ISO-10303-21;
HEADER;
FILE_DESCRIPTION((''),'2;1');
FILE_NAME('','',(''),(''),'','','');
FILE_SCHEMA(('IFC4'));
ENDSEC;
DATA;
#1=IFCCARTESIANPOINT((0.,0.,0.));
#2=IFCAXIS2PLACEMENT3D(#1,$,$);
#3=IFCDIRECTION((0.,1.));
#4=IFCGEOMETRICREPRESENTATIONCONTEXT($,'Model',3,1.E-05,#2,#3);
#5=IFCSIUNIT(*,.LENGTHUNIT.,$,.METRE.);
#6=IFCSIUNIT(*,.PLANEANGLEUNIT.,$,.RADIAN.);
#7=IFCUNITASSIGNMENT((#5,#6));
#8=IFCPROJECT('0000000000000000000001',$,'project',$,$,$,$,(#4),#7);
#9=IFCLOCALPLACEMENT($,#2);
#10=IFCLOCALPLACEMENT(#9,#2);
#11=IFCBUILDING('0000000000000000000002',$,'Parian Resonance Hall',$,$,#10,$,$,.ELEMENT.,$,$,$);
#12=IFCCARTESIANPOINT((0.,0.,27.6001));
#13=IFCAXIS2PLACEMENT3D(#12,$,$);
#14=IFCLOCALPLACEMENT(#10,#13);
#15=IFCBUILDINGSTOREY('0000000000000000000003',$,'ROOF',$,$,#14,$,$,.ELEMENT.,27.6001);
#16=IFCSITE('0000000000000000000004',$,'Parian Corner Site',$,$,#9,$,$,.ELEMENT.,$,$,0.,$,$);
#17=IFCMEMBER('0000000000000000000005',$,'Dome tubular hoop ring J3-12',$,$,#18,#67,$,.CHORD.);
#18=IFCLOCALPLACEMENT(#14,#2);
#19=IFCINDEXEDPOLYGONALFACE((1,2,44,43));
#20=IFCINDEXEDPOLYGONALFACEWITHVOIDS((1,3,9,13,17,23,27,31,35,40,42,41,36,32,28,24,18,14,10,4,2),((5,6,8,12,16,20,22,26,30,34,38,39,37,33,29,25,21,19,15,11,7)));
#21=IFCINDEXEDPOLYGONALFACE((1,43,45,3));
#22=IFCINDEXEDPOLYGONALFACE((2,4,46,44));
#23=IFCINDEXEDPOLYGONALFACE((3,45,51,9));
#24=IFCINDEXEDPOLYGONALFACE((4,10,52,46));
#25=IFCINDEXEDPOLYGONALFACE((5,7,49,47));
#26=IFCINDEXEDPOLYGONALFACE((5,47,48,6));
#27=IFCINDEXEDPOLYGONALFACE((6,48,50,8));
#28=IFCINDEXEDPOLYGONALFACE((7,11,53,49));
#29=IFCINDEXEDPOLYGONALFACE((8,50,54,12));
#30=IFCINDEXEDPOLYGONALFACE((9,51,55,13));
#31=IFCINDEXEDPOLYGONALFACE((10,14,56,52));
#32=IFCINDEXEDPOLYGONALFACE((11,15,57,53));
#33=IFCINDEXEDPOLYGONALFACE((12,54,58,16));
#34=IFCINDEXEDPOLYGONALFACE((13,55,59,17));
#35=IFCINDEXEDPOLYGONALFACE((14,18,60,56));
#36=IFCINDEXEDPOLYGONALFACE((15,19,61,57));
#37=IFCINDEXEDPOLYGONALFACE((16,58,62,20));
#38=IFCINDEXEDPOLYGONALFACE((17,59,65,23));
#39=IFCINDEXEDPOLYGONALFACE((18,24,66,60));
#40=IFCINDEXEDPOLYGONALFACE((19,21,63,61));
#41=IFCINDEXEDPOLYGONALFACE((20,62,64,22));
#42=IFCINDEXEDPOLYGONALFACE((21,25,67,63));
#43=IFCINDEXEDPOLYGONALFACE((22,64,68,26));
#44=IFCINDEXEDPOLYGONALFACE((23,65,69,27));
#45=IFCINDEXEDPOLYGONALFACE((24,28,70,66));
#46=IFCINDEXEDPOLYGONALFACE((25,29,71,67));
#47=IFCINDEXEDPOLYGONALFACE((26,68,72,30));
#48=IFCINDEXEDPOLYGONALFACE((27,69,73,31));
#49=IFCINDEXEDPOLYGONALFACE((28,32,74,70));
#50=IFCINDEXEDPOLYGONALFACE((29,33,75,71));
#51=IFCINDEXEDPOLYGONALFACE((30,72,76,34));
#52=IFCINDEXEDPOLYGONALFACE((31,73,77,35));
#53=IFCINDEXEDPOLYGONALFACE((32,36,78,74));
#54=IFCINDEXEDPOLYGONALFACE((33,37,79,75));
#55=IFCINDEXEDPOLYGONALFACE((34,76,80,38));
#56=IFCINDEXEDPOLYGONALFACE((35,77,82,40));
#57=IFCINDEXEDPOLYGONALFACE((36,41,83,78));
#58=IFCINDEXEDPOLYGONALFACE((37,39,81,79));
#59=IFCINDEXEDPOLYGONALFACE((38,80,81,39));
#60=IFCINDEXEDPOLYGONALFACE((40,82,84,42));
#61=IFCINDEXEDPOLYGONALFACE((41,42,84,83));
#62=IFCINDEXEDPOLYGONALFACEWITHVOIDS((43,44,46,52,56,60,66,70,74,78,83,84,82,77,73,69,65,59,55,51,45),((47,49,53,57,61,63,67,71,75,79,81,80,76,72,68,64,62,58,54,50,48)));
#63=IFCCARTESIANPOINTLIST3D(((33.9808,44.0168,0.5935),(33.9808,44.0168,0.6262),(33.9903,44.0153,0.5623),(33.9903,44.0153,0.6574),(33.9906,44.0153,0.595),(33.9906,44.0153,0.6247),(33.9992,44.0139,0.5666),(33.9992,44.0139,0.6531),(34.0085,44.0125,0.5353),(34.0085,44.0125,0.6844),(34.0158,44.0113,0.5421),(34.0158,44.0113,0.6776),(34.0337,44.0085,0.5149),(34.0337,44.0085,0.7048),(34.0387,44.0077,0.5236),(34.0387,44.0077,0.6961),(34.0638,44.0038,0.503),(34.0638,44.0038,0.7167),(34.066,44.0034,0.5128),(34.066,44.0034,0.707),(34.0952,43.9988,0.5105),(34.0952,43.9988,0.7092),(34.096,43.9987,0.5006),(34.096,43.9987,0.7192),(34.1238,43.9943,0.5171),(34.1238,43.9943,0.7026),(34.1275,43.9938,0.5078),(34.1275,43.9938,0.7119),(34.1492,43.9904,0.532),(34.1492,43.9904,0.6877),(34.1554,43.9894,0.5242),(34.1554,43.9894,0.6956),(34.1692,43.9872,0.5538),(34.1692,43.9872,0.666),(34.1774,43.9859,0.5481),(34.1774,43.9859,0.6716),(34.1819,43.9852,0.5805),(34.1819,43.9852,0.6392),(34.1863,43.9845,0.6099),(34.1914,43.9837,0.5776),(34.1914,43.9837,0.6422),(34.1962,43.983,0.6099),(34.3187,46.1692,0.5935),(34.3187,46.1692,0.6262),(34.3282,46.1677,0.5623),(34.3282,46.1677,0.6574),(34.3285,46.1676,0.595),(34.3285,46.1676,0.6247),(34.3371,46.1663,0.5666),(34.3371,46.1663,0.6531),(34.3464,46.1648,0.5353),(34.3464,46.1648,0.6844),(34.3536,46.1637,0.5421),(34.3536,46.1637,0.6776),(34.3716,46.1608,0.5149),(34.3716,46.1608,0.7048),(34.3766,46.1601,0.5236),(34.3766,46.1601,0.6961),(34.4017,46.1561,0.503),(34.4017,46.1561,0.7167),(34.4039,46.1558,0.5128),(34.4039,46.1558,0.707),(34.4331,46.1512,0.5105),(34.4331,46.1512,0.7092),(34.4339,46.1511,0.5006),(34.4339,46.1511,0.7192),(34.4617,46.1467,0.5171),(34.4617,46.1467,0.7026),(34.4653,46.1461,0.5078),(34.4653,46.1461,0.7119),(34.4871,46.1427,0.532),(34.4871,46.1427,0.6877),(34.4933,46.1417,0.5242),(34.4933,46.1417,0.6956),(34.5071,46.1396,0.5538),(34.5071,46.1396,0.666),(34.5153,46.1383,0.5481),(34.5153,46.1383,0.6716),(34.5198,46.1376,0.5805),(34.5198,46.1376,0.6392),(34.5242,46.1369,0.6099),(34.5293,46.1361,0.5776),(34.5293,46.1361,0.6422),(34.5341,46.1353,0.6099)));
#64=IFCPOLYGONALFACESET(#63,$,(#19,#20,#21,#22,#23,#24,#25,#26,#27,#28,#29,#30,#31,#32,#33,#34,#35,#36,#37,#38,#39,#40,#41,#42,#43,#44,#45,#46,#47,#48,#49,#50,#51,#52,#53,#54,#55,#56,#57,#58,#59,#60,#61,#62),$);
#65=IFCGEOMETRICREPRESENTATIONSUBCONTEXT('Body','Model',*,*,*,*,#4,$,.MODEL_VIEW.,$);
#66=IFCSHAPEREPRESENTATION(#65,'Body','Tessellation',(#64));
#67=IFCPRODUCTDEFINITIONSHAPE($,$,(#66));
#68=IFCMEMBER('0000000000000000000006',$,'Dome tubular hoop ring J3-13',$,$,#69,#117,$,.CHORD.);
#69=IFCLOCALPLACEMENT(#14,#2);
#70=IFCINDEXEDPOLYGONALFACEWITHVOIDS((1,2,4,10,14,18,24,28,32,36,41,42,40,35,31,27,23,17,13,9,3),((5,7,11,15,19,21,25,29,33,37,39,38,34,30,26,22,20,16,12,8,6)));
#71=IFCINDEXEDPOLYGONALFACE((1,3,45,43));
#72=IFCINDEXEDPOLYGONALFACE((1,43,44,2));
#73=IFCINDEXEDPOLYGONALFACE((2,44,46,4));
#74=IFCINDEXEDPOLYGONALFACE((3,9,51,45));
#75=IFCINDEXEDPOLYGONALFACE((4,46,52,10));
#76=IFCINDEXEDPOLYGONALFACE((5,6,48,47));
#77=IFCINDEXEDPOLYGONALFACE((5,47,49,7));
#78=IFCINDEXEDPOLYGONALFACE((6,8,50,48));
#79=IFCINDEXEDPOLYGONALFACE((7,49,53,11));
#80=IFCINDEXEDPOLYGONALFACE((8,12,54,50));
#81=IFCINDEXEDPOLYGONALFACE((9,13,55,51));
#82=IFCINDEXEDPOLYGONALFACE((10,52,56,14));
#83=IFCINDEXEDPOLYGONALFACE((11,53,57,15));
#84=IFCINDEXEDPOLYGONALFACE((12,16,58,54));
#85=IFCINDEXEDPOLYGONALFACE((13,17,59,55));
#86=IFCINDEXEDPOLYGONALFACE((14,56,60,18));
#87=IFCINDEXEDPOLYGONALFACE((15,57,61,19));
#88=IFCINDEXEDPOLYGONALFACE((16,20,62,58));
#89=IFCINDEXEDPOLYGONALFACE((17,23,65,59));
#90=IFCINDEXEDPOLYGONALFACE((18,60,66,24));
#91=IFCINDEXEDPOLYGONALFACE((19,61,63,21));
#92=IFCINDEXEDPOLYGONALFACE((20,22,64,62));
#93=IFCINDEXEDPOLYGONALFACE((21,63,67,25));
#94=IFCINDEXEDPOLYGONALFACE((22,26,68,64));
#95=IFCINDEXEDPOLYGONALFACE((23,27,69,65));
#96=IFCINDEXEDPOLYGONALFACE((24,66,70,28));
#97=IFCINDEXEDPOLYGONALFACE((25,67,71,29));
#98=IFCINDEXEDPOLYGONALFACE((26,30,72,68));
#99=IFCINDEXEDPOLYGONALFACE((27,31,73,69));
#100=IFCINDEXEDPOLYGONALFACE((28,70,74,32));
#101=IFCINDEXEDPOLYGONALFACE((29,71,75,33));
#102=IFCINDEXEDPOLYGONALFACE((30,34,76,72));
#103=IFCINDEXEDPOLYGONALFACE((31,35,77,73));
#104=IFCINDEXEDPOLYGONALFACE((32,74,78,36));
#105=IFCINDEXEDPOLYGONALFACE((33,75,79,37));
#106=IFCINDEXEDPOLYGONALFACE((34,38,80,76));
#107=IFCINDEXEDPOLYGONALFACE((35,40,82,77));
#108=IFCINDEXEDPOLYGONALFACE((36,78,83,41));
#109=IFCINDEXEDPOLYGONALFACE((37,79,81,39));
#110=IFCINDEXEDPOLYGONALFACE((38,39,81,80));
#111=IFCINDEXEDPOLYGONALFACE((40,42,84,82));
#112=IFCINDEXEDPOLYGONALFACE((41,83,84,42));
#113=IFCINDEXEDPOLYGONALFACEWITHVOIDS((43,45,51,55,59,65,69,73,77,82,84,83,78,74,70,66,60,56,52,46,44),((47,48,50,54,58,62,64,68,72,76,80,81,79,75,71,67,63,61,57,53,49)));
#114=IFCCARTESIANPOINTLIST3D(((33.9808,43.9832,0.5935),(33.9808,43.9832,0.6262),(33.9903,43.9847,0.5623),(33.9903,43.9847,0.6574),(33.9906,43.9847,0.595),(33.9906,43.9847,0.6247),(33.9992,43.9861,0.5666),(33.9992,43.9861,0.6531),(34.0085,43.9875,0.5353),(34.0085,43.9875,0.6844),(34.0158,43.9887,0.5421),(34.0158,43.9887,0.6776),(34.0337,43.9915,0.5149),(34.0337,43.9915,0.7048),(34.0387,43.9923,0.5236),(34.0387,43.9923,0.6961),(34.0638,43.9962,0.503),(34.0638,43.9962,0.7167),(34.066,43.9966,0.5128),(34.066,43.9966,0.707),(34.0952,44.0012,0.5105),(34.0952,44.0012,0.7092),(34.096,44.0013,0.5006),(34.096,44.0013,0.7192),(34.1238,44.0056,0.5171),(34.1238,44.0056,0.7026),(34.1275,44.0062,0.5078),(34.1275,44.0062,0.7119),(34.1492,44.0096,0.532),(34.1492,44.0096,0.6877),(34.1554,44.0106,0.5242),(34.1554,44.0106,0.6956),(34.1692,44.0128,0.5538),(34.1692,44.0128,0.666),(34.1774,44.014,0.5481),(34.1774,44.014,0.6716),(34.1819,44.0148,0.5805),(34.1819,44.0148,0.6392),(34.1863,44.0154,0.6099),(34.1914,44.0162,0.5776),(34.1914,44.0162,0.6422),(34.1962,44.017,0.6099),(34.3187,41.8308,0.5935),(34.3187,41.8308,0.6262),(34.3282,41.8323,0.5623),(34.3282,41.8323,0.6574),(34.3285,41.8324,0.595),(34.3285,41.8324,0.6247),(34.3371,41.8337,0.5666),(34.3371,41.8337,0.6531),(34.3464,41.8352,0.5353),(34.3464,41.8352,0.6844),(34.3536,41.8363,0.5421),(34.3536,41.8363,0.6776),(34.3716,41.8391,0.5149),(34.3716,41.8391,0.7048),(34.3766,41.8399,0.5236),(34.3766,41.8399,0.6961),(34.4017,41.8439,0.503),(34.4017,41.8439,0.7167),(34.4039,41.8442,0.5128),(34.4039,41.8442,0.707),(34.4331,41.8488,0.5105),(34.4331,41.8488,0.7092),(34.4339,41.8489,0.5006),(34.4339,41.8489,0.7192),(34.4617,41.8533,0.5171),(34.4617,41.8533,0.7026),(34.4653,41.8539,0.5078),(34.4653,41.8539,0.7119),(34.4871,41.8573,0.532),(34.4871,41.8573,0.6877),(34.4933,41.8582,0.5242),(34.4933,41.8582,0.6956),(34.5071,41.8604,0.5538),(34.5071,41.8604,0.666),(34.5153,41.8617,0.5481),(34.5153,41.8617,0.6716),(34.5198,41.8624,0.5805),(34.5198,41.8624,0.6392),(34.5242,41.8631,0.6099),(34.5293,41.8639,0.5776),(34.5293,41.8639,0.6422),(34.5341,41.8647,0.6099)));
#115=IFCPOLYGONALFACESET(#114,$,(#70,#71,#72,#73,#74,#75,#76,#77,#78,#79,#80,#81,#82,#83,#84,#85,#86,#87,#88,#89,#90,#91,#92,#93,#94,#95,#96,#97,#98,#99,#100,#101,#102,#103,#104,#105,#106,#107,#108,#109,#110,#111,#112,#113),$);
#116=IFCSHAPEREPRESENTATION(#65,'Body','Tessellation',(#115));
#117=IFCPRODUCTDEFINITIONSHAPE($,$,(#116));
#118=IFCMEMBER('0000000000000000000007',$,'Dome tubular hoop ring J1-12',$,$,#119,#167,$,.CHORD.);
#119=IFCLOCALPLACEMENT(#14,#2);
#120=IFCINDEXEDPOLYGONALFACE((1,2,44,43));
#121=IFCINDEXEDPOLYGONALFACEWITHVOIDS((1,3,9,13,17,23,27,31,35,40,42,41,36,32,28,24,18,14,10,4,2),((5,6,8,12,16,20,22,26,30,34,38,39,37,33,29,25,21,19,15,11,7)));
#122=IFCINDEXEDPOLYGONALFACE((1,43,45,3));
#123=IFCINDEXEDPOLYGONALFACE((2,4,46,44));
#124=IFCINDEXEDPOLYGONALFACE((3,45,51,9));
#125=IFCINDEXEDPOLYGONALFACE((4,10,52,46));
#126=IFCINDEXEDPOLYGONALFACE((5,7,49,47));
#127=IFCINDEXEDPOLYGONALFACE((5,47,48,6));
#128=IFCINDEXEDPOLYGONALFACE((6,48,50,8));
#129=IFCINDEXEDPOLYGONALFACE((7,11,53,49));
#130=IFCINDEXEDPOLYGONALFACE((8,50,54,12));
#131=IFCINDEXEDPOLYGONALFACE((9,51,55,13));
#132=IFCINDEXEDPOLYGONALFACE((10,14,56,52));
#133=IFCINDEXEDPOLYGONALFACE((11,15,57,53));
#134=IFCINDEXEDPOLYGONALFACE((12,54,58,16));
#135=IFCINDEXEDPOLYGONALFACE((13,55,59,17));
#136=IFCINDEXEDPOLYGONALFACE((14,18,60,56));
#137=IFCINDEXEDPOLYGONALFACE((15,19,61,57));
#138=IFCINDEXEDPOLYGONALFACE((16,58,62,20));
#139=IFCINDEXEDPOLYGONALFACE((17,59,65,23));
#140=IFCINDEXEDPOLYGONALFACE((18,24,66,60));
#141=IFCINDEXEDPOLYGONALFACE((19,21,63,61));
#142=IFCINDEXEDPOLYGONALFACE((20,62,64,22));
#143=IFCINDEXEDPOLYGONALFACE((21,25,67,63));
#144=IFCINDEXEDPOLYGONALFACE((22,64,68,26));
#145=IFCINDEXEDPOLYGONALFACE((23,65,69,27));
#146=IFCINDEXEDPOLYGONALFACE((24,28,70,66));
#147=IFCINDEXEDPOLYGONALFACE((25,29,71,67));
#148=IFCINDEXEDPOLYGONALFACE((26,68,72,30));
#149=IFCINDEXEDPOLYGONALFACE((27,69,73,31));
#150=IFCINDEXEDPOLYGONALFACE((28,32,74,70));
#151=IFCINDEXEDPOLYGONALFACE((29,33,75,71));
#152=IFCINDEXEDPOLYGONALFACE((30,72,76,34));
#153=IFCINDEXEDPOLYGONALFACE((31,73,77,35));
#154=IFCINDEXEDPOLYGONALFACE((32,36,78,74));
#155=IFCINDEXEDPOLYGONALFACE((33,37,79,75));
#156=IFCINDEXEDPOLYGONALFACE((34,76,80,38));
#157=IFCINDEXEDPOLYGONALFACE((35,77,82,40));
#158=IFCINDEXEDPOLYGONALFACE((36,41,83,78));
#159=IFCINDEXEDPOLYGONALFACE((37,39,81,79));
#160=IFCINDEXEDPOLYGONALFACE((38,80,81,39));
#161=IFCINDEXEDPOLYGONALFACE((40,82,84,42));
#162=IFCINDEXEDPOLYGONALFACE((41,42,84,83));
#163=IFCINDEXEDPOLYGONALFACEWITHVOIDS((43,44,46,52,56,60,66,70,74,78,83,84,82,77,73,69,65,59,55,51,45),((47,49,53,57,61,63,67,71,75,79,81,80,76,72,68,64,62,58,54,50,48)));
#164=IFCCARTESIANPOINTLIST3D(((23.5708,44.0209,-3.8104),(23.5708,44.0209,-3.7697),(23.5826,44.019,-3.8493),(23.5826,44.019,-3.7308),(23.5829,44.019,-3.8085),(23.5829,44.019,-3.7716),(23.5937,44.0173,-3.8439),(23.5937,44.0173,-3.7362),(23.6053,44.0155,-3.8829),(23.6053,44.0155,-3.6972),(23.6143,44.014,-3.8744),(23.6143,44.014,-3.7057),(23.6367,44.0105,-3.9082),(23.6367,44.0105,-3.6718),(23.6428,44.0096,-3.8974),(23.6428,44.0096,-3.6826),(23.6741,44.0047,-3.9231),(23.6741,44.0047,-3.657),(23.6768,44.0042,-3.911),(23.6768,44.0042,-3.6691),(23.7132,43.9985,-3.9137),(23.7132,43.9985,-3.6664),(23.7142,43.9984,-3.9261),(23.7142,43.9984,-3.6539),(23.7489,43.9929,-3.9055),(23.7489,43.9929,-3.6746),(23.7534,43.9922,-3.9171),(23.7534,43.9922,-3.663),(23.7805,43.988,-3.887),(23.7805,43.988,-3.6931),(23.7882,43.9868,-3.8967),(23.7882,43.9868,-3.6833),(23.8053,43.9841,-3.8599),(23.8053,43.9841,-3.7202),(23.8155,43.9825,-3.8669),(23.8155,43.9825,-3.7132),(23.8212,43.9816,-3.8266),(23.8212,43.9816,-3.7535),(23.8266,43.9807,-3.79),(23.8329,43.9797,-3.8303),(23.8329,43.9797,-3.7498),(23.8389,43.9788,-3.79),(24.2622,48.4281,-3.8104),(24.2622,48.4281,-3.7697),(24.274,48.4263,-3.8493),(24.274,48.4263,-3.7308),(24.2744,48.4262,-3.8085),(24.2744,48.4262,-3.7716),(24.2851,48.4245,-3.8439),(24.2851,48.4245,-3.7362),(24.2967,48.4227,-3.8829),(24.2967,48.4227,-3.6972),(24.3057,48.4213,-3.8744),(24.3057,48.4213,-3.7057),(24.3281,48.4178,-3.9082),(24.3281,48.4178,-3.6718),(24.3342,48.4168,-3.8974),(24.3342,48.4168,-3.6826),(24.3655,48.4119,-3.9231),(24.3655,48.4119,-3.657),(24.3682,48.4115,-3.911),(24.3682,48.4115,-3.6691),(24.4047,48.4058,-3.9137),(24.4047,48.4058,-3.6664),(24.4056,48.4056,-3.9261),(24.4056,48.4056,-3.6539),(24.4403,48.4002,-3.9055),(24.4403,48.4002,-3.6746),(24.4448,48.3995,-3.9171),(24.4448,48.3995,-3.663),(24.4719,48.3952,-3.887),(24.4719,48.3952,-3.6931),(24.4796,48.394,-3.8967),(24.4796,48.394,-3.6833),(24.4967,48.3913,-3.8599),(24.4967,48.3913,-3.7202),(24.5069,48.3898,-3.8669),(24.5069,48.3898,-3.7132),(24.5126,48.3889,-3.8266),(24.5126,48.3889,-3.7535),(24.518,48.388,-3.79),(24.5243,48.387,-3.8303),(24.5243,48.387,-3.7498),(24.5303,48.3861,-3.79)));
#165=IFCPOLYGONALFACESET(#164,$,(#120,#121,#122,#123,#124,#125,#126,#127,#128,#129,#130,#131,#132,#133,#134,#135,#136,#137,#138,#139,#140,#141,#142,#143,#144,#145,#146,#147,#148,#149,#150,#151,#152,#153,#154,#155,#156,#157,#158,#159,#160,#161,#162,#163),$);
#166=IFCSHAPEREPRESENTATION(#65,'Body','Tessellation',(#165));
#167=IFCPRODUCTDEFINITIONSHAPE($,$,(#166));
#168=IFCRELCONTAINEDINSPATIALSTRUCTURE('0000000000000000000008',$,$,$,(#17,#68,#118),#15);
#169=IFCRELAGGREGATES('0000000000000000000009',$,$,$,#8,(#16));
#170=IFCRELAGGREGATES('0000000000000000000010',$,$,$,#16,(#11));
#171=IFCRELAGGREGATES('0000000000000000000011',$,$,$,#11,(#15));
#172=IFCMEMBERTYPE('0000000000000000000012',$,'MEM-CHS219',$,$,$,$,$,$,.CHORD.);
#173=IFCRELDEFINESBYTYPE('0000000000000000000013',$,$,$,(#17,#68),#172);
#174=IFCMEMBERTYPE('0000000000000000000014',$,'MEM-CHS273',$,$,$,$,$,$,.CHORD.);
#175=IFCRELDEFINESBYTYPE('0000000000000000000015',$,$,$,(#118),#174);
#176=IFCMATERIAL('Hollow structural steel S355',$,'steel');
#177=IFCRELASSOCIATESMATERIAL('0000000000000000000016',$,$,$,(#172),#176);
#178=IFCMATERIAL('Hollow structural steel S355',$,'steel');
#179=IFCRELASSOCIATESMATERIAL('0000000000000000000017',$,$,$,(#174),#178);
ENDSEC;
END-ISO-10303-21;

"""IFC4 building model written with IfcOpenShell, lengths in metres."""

from ifc_helpers import new_model, si_unit, direction, frame, origin, origin_2d, place, context, subcontext, project, spatial, hollow_circle, extrude, material, material_profile, profile_set, type_object, element, save


model = new_model("IFC4")

# Units and contexts
model_context = context("Model", 3, precision=1e-05, world=origin(), true_north=direction((0.0, 1.0)))
body_context = subcontext(model_context, "Body", "Model", "MODEL_VIEW")
ifc_project = project(units=[si_unit("LENGTHUNIT", "METRE"), si_unit("PLANEANGLEUNIT", "RADIAN")], contexts=[model_context])

# Site, building, storey
site_placement = place(None, origin())
site = spatial("IfcSite", under=ifc_project, at=site_placement, Name="Parian Corner Site", CompositionType="ELEMENT", RefElevation=0.0)
building_placement = place(site_placement, origin())
building = spatial("IfcBuilding", under=site, at=building_placement, Name="Parian Resonance Hall", CompositionType="ELEMENT")
storey_placement = place(building_placement, frame((0.0, 0.0, 27.6001)))
storey = spatial("IfcBuildingStorey", under=building, at=storey_placement, Name="ROOF", CompositionType="ELEMENT", Elevation=27.6001)

# Members
ifc_material_1 = material(Name="Hollow structural steel S355", Category="steel")
ifc_material_profile_1 = material_profile(ifc_material_1, hollow_circle(Radius=0.1096, WallThickness=0.01, at=origin_2d()), Name="CHS219.1x10")
ifc_profile_set_1 = profile_set([ifc_material_profile_1], Name="Hollow structural steel S355")
member_type_1 = type_object("IfcMemberType", Name="MEM-CHS219", PredefinedType="CHORD", material=ifc_profile_set_1)
for number, where, z_axis, x_axis, name in (
    (1, (34.4258, 46.1523, 0.6099), (-0.155088, -0.987901, 0.0), (0.987901, -0.155088, 0.0), "Dome tubular hoop ring J3-12"),
    (2, (34.0879, 44.0, 0.6099), (0.155088, -0.987901, 0.0), (0.987901, 0.155088, 0.0), "Dome tubular hoop ring J3-13"),
):
    element("IfcMember", number, at=place(storey_placement, frame(where, z_axis=z_axis, x_axis=x_axis)), inside=storey, type_object=member_type_1, Name=name, PredefinedType="CHORD", context=body_context, shape_type="SweptSolid", body=[
        extrude(hollow_circle(Radius=0.1096, WallThickness=0.01, at=origin_2d()), origin(), (0.0, 0.0, 1.0), 2.1787),
    ])
ifc_material_2 = material(Name="Hollow structural steel S355", Category="steel")
ifc_material_profile_2 = material_profile(ifc_material_2, hollow_circle(Radius=0.1365, WallThickness=0.0125, at=origin_2d()), Name="CHS273x12.5")
ifc_profile_set_2 = profile_set([ifc_material_profile_2], Name="Hollow structural steel S355")
member_type_2 = type_object("IfcMemberType", Name="MEM-CHS273", PredefinedType="CHORD", material=ifc_profile_set_2)
member_1_placement = place(storey_placement, frame((24.3955, 48.4072, -3.79), z_axis=(-0.154985, -0.987917, 0.0), x_axis=(0.987917, -0.154985, 0.0)))
element("IfcMember", 3, at=member_1_placement, inside=storey, type_object=member_type_2, Name="Dome tubular hoop ring J1-12", PredefinedType="CHORD", context=body_context, shape_type="SweptSolid", body=[
    extrude(hollow_circle(Radius=0.1365, WallThickness=0.0125, at=origin_2d()), origin(), (0.0, 0.0, 1.0), 4.4612),
])

save(model, "model.ifc")
